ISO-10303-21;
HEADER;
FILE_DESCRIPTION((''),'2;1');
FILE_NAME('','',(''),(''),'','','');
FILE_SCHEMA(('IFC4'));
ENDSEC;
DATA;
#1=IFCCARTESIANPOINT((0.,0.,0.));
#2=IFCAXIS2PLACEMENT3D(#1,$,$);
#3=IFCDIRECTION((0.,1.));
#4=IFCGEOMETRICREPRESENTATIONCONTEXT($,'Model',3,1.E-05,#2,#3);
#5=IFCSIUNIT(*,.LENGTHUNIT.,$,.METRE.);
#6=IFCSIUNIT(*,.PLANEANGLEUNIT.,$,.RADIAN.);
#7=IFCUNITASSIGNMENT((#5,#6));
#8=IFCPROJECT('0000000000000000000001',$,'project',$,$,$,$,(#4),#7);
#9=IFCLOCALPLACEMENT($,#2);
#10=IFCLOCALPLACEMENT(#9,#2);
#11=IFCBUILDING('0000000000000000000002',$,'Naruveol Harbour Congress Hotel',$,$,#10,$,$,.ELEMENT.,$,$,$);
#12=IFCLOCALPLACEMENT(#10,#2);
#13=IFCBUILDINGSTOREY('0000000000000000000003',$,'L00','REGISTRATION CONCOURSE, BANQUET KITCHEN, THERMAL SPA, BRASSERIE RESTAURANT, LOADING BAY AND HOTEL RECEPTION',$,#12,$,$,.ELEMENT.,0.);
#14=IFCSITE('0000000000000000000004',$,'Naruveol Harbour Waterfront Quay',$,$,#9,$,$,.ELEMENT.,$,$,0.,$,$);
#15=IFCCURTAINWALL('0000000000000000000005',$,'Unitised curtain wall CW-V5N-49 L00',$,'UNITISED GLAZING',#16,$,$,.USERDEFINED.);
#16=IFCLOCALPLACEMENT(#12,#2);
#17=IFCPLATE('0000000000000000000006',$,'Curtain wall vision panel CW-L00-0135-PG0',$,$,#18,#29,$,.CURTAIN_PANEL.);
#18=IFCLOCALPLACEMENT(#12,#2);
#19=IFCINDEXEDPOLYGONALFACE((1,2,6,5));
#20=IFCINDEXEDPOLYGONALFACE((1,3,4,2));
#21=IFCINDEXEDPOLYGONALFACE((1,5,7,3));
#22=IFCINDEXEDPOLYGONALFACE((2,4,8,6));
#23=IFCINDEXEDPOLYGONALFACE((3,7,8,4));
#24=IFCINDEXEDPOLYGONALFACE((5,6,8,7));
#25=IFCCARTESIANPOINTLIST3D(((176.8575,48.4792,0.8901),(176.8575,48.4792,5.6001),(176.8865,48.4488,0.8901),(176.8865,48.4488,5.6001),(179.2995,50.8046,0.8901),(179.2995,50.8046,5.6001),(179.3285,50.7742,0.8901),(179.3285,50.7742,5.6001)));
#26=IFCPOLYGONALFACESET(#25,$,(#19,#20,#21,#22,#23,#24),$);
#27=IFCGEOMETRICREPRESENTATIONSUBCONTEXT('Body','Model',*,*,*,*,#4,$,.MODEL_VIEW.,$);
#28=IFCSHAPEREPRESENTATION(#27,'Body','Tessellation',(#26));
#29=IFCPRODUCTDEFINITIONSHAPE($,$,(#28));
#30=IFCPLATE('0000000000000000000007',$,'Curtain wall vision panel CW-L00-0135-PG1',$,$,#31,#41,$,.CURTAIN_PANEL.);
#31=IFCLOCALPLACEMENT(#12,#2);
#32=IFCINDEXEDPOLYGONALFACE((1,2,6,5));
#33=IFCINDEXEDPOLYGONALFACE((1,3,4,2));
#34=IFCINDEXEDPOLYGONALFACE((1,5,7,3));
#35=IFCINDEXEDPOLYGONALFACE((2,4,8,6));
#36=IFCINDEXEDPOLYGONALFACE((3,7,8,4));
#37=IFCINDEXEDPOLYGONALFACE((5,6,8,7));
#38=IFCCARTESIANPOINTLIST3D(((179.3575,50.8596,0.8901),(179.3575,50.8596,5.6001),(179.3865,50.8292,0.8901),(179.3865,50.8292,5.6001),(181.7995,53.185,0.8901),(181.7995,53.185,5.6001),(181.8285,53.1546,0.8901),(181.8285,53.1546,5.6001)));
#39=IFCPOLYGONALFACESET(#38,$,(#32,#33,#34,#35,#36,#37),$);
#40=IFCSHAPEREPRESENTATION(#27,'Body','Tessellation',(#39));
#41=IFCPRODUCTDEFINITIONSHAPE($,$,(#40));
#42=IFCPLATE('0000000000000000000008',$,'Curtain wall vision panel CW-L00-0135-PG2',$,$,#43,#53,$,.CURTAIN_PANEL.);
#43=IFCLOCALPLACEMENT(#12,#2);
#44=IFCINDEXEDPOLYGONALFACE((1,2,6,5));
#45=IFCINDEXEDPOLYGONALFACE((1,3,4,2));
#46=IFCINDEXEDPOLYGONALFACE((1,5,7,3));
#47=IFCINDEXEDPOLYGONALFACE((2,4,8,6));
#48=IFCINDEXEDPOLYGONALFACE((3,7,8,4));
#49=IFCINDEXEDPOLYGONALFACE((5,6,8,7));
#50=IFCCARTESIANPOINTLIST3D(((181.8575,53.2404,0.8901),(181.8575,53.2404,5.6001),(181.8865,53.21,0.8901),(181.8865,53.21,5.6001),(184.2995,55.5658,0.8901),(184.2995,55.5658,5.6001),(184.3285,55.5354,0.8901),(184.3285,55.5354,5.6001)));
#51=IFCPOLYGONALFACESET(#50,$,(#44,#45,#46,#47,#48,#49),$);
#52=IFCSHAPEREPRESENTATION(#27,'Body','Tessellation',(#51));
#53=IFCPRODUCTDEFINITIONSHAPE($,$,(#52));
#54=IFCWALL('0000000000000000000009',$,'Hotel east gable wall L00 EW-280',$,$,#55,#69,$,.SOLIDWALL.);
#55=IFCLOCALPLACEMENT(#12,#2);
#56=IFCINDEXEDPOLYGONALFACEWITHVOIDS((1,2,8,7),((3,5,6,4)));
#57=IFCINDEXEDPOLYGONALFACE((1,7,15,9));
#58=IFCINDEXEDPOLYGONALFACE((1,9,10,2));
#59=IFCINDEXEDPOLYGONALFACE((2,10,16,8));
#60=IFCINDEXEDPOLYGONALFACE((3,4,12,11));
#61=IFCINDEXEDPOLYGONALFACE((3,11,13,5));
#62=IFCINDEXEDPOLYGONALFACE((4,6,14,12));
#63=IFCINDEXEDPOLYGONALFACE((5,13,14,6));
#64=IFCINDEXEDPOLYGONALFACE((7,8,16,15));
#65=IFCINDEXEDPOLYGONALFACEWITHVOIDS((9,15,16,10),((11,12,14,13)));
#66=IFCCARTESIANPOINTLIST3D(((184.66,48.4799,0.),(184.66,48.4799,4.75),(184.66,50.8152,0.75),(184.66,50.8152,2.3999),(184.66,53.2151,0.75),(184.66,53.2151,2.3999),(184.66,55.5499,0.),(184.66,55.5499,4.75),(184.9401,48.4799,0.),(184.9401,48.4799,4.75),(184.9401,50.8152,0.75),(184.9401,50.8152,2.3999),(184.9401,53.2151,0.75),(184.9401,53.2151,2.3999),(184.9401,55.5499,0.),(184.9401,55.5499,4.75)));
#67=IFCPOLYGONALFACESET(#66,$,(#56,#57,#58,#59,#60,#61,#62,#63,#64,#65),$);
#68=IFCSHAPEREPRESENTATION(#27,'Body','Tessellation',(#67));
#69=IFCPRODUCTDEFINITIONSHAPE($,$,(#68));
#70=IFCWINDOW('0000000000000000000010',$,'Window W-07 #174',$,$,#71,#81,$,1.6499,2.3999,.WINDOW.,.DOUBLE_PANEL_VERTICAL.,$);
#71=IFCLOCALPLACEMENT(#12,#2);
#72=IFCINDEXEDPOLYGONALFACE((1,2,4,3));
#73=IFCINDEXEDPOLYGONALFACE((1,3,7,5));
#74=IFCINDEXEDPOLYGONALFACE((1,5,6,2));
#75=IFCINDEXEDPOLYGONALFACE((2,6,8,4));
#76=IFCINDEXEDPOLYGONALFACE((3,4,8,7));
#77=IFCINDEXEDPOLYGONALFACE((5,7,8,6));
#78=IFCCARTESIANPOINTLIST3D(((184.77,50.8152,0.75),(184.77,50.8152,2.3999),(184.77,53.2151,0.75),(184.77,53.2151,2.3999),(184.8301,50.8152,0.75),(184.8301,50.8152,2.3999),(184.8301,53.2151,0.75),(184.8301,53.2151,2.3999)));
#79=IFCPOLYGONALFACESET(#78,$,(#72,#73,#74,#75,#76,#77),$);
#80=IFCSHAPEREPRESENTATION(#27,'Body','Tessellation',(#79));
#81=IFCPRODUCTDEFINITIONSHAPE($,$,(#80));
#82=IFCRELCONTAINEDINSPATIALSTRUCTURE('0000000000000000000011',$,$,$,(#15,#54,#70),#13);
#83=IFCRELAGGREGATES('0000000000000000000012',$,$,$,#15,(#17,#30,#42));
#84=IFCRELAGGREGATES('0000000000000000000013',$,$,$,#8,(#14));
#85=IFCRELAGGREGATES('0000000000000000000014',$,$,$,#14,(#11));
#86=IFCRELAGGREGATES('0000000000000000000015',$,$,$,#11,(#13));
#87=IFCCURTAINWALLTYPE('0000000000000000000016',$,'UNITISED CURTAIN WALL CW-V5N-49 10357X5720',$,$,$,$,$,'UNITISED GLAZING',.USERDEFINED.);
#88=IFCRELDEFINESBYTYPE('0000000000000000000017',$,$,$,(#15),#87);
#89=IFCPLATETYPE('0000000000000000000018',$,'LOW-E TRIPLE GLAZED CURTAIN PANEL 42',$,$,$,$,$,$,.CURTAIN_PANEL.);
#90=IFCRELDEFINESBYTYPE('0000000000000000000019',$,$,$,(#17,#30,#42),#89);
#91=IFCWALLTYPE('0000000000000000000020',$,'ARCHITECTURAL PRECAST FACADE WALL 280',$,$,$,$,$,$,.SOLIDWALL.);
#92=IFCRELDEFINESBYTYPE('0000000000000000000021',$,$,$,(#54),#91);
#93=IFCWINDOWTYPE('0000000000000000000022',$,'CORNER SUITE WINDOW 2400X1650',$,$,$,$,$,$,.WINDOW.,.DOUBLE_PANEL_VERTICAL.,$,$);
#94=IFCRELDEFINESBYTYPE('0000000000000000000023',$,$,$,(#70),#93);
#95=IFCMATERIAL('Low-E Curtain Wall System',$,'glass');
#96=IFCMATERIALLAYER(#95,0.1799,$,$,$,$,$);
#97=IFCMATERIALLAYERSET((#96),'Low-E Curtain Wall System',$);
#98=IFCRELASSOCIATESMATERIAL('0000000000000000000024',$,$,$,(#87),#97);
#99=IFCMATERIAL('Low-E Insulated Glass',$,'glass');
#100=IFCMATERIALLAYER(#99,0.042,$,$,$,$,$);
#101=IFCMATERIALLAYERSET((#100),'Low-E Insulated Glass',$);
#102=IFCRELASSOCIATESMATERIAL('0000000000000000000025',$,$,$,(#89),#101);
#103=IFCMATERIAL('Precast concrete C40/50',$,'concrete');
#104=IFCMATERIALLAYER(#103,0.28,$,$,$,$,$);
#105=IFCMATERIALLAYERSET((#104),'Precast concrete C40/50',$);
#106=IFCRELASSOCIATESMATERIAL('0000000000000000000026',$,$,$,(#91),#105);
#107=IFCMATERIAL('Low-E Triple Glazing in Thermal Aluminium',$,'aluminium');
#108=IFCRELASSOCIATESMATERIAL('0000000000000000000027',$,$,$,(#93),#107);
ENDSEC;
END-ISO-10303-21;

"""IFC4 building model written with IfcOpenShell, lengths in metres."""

from ifc_helpers import new_model, si_unit, direction, frame, frame_2d, origin, origin_2d, place, context, subcontext, project, spatial, rectangle, extrude, material, layer, layer_set, type_object, element, fill, aggregate, save


model = new_model("IFC4")

# Units and contexts
model_context = context("Model", 3, precision=1e-05, world=origin(), true_north=direction((0.0, 1.0)))
body_context = subcontext(model_context, "Body", "Model", "MODEL_VIEW")
ifc_project = project(units=[si_unit("LENGTHUNIT", "METRE"), si_unit("PLANEANGLEUNIT", "RADIAN")], contexts=[model_context])

# Site, building, storey
site_placement = place(None, origin())
site = spatial("IfcSite", under=ifc_project, at=site_placement, Name="Naruveol Harbour Waterfront Quay", CompositionType="ELEMENT", RefElevation=0.0)
building_placement = place(site_placement, origin())
building = spatial("IfcBuilding", under=site, at=building_placement, Name="Naruveol Harbour Congress Hotel", CompositionType="ELEMENT")
storey_placement = place(building_placement, origin())
storey = spatial("IfcBuildingStorey", under=building, at=storey_placement, Name="L00", Description="REGISTRATION CONCOURSE, BANQUET KITCHEN, THERMAL SPA, BRASSERIE RESTAURANT, LOADING BAY AND HOTEL RECEPTION", CompositionType="ELEMENT", Elevation=0.0)

# Curtain wall, plates
ifc_material_1 = material(Name="Low-E Curtain Wall System", Category="glass")
ifc_layer_1 = layer(ifc_material_1, 0.1799)
ifc_layer_set_1 = layer_set([ifc_layer_1], Name="Low-E Curtain Wall System")
curtain_wall_type = type_object("IfcCurtainWallType", Name="UNITISED CURTAIN WALL CW-V5N-49 10357X5720", ElementType="UNITISED GLAZING", PredefinedType="USERDEFINED", material=ifc_layer_set_1)
curtain_wall_placement = place(storey_placement, origin())
curtain_wall = element("IfcCurtainWall", 1, at=curtain_wall_placement, inside=storey, type_object=curtain_wall_type, Name="Unitised curtain wall CW-V5N-49 L00", ObjectType="UNITISED GLAZING", PredefinedType="USERDEFINED")
ifc_material_2 = material(Name="Low-E Insulated Glass", Category="glass")
ifc_layer_2 = layer(ifc_material_2, 0.042)
ifc_layer_set_2 = layer_set([ifc_layer_2], Name="Low-E Insulated Glass")
plate_type_1 = type_object("IfcPlateType", Name="LOW-E TRIPLE GLAZED CURTAIN PANEL 42", PredefinedType="CURTAIN_PANEL", material=ifc_layer_set_2)
plate_1_placement = place(storey_placement, frame((178.093, 49.6267, 0.8901), z_axis=(0.0, 0.0, 1.0), x_axis=(0.724184, 0.689607, 0.0)))
plate_1 = element("IfcPlate", 2, at=plate_1_placement, type_object=plate_type_1, Name="Curtain wall vision panel CW-L00-0135-PG0", PredefinedType="CURTAIN_PANEL", context=body_context, shape_type="SweptSolid", body=[
    extrude(rectangle(XDim=3.3721, YDim=0.042, at=origin_2d()), origin(), (0.0, 0.0, 1.0), 4.71),
])
plate_2_placement = place(storey_placement, frame((180.593, 52.0071, 0.8901), z_axis=(0.0, 0.0, 1.0), x_axis=(0.724184, 0.689607, 0.0)))
plate_2 = element("IfcPlate", 3, at=plate_2_placement, type_object=plate_type_1, Name="Curtain wall vision panel CW-L00-0135-PG1", PredefinedType="CURTAIN_PANEL", context=body_context, shape_type="SweptSolid", body=[
    extrude(rectangle(XDim=3.3721, YDim=0.042, at=origin_2d()), origin(), (0.0, 0.0, 1.0), 4.71),
])
plate_3_placement = place(storey_placement, frame((183.093, 54.3879, 0.8901), z_axis=(0.0, 0.0, 1.0), x_axis=(0.724184, 0.689607, 0.0)))
plate_3 = element("IfcPlate", 4, at=plate_3_placement, type_object=plate_type_1, Name="Curtain wall vision panel CW-L00-0135-PG2", PredefinedType="CURTAIN_PANEL", context=body_context, shape_type="SweptSolid", body=[
    extrude(rectangle(XDim=3.3721, YDim=0.042, at=origin_2d()), origin(), (0.0, 0.0, 1.0), 4.71),
])
aggregate(curtain_wall, [plate_1, plate_2, plate_3])

# Wall, opening, window
ifc_material_3 = material(Name="Precast concrete C40/50", Category="concrete")
ifc_layer_3 = layer(ifc_material_3, 0.28)
ifc_layer_set_3 = layer_set([ifc_layer_3], Name="Precast concrete C40/50")
wall_type = type_object("IfcWallType", Name="ARCHITECTURAL PRECAST FACADE WALL 280", PredefinedType="SOLIDWALL", material=ifc_layer_set_3)
wall_placement = place(storey_placement, frame((184.8, 55.55, 0.0), z_axis=(0.0, 0.0, 1.0), x_axis=(0.0, -1.0, 0.0)))
wall = element("IfcWall", 5, at=wall_placement, inside=storey, type_object=wall_type, Name="Hotel east gable wall L00 EW-280", PredefinedType="SOLIDWALL", context=body_context, shape_type="SweptSolid", body=[
    extrude(rectangle(XDim=7.0701, YDim=0.28, at=frame_2d((3.5352, 0.0))), origin(), (0.0, 0.0, 1.0), 4.75),
])
opening_placement = place(wall_placement, frame((2.335, 0.0, 0.75)))
opening = element("IfcOpeningElement", 6, at=opening_placement, cuts=wall, PredefinedType="OPENING", context=body_context, shape_type="SweptSolid", body=[
    extrude(rectangle(XDim=2.3999, YDim=1.6499, at=frame_2d((1.2, 0.825))), frame((0.0, 0.1499, 0.0), z_axis=(0.0, -1.0, 0.0), x_axis=(1.0, 0.0, 0.0)), (0.0, 0.0, 1.0), 0.3),
])
ifc_material_4 = material(Name="Low-E Triple Glazing in Thermal Aluminium", Category="aluminium")
window_type = type_object("IfcWindowType", Name="CORNER SUITE WINDOW 2400X1650", PartitioningType="DOUBLE_PANEL_VERTICAL", PredefinedType="WINDOW", material=ifc_material_4)
window_placement = place(opening_placement, origin())
window = element("IfcWindow", 7, at=window_placement, inside=storey, type_object=window_type, Name="Window W-07 #174", OverallHeight=1.6499, OverallWidth=2.3999, PartitioningType="DOUBLE_PANEL_VERTICAL", PredefinedType="WINDOW", context=body_context, shape_type="SweptSolid", body=[
    extrude(rectangle(XDim=2.3999, YDim=1.6499, at=frame_2d((1.2, 0.825))), frame((0.0, 0.03, 0.0), z_axis=(0.0, -1.0, 0.0), x_axis=(1.0, 0.0, 0.0)), (0.0, 0.0, 1.0), 0.0601),
])
fill(opening, window)

save(model, "model.ifc")
